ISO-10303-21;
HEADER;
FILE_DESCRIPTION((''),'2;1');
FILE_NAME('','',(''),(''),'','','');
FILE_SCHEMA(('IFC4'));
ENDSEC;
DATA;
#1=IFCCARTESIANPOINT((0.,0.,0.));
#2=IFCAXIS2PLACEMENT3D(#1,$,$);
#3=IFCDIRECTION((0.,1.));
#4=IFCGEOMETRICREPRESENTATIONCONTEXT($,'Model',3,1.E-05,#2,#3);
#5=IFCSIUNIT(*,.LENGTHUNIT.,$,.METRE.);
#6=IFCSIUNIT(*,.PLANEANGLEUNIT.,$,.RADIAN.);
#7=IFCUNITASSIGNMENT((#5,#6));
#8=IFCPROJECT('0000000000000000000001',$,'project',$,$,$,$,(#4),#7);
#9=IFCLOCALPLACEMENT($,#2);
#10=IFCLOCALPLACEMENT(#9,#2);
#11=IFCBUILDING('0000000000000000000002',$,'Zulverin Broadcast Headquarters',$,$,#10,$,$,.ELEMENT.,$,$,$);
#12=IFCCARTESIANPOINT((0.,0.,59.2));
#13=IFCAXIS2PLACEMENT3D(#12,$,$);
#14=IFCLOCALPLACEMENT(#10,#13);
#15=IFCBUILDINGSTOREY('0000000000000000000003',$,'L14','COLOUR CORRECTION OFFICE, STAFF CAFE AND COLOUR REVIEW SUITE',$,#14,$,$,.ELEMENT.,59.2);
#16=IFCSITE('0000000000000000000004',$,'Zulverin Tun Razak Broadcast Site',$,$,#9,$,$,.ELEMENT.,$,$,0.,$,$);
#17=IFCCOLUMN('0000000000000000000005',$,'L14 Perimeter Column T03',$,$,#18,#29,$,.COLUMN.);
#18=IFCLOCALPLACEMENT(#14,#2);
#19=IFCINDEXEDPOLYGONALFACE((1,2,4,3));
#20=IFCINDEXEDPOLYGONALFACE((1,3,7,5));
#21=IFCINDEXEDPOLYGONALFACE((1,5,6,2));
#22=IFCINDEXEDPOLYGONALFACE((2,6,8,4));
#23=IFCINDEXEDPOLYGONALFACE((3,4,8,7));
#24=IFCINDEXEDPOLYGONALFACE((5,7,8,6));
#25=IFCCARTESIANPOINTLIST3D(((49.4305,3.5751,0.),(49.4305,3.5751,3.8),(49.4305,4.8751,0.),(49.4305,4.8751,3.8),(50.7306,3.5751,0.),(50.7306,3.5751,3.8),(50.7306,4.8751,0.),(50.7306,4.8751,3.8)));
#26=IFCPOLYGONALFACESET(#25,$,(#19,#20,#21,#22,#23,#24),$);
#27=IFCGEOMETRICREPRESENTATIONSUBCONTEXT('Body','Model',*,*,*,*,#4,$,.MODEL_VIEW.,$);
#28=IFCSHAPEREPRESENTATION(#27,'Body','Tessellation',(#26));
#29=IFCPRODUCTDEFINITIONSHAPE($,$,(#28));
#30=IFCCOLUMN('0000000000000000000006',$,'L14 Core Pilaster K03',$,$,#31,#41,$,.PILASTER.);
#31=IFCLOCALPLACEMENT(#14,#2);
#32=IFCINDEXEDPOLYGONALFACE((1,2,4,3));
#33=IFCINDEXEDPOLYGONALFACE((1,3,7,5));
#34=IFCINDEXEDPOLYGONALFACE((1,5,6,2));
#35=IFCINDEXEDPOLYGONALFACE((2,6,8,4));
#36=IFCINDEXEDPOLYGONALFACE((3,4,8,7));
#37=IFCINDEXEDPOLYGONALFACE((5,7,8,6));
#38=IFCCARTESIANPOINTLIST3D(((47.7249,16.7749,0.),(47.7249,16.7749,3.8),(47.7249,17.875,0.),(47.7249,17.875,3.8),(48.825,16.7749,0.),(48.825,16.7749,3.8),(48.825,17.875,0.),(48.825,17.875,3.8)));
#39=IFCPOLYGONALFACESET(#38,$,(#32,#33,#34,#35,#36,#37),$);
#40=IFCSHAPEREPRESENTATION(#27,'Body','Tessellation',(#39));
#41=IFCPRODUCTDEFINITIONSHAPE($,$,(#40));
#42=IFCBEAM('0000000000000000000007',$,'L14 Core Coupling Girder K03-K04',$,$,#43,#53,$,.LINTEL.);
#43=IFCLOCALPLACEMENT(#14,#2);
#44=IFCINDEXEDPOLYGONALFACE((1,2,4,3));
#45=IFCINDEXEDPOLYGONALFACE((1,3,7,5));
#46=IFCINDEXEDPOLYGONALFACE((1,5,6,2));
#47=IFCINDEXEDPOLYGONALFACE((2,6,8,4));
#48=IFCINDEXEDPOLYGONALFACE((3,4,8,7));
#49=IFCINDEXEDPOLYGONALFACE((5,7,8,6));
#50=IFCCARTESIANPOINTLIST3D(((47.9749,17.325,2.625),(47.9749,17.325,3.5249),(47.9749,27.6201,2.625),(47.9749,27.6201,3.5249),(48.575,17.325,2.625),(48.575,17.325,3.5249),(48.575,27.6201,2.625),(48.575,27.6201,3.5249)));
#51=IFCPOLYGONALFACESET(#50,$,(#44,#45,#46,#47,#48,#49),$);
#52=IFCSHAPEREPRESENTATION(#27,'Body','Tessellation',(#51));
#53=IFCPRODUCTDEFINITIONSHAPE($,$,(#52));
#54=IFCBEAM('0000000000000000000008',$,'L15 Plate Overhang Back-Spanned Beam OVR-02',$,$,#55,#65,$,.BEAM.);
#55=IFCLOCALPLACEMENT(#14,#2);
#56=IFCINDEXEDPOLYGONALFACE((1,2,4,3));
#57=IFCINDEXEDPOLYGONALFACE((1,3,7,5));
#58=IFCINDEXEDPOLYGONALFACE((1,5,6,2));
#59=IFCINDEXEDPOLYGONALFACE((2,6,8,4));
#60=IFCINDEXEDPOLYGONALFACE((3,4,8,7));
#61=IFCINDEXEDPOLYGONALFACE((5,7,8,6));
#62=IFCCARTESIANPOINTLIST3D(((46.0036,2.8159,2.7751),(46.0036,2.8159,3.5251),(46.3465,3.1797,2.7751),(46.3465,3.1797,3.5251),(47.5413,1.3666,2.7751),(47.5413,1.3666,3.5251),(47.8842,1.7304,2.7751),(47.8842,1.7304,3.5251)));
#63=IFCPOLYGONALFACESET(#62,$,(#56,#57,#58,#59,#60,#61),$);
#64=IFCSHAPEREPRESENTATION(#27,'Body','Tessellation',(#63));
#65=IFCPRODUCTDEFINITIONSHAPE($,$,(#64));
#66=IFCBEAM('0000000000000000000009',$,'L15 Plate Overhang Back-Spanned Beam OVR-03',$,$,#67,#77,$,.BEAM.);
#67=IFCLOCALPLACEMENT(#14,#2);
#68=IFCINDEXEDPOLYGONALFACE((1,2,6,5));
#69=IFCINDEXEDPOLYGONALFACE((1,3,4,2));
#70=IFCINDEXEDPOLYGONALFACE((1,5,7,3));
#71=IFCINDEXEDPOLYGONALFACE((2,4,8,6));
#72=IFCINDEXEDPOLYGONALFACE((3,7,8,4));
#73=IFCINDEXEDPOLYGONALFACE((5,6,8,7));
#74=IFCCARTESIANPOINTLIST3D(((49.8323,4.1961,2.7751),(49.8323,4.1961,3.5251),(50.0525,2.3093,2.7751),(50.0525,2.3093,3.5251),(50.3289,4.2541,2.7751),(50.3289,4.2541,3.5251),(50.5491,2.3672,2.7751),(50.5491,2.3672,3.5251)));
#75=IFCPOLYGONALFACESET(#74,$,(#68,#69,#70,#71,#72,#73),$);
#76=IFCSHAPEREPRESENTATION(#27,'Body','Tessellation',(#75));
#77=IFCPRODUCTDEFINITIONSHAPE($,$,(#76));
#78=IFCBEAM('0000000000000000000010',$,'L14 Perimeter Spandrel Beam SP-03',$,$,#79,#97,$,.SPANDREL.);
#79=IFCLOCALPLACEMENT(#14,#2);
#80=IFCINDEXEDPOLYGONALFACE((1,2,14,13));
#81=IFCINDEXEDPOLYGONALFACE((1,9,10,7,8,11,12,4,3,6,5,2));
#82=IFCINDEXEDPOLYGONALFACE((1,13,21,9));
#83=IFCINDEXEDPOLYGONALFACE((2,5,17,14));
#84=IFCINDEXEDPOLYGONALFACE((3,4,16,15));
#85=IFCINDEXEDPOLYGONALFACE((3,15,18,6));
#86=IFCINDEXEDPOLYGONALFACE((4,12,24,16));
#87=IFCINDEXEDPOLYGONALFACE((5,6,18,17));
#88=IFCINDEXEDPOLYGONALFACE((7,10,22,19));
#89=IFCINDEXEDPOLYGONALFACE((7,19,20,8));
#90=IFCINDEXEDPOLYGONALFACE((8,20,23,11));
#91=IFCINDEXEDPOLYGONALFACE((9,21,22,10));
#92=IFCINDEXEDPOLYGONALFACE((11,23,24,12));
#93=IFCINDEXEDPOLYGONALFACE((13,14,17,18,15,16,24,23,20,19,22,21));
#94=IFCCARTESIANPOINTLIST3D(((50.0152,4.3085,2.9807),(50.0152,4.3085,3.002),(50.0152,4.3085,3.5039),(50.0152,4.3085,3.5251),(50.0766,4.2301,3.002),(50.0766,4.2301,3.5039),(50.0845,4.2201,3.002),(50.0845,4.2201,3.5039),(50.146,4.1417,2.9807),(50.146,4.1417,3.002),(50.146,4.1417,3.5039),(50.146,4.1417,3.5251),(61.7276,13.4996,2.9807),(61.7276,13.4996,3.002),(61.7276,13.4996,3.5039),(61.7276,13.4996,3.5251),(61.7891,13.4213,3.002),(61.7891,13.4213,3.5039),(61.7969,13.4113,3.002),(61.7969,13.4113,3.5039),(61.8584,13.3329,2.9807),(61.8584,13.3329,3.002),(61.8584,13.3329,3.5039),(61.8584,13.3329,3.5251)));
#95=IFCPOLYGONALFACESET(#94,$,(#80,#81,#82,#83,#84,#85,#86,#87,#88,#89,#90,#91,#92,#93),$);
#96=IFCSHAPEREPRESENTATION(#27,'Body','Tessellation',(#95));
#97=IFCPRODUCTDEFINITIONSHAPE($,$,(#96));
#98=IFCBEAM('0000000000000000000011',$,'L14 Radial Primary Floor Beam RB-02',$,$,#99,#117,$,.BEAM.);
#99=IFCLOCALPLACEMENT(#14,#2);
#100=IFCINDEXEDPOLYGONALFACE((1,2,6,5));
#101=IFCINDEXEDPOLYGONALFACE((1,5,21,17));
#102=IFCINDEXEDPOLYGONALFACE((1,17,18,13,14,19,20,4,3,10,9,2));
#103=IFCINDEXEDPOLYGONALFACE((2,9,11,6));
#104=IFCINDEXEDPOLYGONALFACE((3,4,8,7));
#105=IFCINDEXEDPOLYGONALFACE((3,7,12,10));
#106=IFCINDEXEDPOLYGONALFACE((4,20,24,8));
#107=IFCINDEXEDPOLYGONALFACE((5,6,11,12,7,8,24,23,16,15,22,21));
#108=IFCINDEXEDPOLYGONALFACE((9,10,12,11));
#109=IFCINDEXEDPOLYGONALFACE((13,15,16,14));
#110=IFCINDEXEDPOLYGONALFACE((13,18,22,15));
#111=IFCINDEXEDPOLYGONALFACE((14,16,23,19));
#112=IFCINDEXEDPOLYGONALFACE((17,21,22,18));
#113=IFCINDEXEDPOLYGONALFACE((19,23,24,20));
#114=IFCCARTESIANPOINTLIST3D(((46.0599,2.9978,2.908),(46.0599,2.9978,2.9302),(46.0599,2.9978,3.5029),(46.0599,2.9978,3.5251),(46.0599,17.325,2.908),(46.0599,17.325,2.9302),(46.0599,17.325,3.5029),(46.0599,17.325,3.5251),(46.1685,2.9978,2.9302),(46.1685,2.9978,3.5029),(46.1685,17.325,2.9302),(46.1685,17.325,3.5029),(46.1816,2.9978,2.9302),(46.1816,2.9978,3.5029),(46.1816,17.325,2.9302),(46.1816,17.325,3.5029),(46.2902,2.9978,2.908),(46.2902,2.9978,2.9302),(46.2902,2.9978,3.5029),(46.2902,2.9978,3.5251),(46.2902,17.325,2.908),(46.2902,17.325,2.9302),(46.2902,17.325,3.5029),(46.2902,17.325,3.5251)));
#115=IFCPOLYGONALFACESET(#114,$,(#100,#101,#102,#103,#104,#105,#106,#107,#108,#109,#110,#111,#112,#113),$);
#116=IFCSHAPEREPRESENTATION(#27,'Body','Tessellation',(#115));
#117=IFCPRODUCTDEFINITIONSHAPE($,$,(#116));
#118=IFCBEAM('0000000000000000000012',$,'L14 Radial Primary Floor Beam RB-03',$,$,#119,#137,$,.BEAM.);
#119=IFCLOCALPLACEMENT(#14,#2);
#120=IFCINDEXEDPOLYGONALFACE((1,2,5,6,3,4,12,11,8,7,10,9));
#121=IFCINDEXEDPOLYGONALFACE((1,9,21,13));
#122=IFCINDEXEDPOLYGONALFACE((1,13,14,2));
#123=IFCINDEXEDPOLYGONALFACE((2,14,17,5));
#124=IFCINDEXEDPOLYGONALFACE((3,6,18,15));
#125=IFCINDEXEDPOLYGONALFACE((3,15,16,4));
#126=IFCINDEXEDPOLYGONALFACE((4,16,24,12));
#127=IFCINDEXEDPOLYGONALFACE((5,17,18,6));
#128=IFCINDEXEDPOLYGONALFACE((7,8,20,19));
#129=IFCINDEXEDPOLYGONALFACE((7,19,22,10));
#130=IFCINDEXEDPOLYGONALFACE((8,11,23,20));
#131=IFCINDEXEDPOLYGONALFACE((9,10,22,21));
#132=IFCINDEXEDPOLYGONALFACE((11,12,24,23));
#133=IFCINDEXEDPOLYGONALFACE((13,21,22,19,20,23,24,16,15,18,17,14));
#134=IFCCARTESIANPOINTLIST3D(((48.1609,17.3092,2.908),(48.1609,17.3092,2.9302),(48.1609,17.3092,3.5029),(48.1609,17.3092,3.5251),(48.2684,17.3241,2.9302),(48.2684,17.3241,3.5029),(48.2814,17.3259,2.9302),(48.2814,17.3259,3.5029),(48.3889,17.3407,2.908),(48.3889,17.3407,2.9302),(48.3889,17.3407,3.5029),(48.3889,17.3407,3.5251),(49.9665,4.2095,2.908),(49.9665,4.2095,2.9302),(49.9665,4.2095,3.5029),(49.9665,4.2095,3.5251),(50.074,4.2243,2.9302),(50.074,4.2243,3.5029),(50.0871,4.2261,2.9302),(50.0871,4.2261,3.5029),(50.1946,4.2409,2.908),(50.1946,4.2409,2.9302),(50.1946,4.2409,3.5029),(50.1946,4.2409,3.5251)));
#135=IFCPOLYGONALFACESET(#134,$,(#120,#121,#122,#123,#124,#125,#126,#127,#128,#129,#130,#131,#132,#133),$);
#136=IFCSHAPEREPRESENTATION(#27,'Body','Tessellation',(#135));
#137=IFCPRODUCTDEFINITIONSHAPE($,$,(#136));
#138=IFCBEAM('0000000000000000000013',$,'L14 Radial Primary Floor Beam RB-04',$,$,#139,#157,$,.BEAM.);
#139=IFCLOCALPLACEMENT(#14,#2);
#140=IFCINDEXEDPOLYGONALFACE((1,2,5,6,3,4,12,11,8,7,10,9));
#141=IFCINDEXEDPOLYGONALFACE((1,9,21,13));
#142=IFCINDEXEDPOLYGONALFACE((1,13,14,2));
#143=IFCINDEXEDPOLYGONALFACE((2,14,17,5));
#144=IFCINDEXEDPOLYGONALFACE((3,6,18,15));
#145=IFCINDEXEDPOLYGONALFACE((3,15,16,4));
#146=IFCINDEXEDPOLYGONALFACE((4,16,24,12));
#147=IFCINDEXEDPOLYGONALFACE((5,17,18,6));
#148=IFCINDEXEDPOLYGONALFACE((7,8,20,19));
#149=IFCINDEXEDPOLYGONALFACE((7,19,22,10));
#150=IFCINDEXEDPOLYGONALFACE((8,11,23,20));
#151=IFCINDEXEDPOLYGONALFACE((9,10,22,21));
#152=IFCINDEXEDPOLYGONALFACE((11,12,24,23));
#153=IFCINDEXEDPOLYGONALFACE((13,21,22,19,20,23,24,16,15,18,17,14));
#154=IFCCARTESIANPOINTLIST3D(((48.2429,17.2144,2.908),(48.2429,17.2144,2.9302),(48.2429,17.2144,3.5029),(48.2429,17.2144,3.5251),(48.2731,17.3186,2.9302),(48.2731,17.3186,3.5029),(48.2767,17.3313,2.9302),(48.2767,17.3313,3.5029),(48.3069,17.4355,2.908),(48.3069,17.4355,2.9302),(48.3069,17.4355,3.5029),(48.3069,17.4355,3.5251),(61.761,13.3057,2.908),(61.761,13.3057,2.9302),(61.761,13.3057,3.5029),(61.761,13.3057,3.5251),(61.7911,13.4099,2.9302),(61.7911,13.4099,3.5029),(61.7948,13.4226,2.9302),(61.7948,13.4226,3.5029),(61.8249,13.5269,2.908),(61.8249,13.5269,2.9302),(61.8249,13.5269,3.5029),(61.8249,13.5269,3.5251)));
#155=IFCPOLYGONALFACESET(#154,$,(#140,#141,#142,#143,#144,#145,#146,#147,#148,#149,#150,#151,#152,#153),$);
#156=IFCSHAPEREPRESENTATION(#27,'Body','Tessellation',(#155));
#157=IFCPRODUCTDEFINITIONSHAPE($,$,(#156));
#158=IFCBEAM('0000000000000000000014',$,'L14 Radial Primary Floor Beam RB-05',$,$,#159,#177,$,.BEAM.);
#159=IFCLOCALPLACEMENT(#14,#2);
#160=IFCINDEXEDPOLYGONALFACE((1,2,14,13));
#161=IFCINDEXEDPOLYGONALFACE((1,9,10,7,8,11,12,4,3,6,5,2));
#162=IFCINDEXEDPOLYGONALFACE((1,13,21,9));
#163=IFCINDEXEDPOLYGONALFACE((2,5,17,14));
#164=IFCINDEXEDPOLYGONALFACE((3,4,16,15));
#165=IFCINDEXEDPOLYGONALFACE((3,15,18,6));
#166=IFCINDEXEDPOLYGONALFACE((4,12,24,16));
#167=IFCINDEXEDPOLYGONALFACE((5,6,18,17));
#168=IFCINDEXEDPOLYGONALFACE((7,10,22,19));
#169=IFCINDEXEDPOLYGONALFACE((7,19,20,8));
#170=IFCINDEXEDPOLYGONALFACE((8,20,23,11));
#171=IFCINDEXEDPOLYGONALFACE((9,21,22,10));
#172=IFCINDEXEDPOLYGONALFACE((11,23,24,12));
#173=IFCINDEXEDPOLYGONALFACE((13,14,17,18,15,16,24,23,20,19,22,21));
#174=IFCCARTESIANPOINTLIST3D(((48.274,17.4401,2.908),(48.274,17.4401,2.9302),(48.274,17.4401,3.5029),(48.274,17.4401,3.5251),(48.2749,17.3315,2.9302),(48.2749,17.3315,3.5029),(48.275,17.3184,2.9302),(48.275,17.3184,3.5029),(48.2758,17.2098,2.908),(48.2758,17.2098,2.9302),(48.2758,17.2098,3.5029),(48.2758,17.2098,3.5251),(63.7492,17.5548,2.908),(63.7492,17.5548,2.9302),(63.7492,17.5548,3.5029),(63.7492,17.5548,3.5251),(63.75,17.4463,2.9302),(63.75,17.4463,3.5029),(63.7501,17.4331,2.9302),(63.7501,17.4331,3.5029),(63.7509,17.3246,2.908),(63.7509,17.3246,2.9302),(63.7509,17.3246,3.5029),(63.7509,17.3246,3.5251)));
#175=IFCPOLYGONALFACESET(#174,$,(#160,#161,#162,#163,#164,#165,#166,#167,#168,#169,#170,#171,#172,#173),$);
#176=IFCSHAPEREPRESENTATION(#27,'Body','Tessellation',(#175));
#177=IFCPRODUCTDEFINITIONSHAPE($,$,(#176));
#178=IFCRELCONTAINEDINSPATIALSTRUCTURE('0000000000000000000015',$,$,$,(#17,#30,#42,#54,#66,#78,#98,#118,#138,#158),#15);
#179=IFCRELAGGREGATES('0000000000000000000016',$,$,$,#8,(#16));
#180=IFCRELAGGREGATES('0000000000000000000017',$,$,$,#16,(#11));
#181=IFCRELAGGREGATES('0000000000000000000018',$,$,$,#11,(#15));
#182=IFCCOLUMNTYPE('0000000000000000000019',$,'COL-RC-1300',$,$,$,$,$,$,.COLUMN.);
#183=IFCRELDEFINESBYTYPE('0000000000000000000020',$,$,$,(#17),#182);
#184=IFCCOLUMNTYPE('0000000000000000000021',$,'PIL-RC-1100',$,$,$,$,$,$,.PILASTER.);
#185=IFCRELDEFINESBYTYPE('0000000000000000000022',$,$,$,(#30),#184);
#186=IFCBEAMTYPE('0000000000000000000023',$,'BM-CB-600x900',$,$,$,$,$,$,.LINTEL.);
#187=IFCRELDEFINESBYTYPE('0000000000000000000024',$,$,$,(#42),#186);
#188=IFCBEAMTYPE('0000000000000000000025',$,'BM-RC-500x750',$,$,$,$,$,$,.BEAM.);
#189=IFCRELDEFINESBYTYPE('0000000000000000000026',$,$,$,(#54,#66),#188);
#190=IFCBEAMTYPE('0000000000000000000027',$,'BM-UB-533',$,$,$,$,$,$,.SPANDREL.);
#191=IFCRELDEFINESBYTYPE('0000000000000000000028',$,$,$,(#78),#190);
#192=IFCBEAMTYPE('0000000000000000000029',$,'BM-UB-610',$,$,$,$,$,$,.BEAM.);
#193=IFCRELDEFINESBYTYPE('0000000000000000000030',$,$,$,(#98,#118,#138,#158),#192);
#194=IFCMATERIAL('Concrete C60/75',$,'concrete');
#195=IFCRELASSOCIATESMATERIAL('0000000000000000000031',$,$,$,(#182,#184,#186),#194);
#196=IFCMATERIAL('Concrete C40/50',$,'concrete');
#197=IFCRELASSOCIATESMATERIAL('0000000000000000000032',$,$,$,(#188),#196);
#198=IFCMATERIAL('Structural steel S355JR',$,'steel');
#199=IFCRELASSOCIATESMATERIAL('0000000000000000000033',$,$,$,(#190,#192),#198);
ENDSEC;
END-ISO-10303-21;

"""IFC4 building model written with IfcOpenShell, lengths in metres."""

from ifc_helpers import new_model, si_unit, direction, frame, origin, origin_2d, place, context, subcontext, project, spatial, rectangle, i_section, extrude, material, material_profile, profile_set, type_object, element, save


model = new_model("IFC4")

# Units and contexts
model_context = context("Model", 3, precision=1e-05, world=origin(), true_north=direction((0.0, 1.0)))
body_context = subcontext(model_context, "Body", "Model", "MODEL_VIEW")
ifc_project = project(units=[si_unit("LENGTHUNIT", "METRE"), si_unit("PLANEANGLEUNIT", "RADIAN")], contexts=[model_context])

# Site, building, storey
site_placement = place(None, origin())
site = spatial("IfcSite", under=ifc_project, at=site_placement, Name="Zulverin Tun Razak Broadcast Site", CompositionType="ELEMENT", RefElevation=0.0)
building_placement = place(site_placement, origin())
building = spatial("IfcBuilding", under=site, at=building_placement, Name="Zulverin Broadcast Headquarters", CompositionType="ELEMENT")
storey_placement = place(building_placement, frame((0.0, 0.0, 59.2)))
storey = spatial("IfcBuildingStorey", under=building, at=storey_placement, Name="L14", Description="COLOUR CORRECTION OFFICE, STAFF CAFE AND COLOUR REVIEW SUITE", CompositionType="ELEMENT", Elevation=59.2)

# Columns
ifc_material_1 = material(Name="Concrete C60/75", Category="concrete")
ifc_material_profile_1 = material_profile(ifc_material_1, rectangle(XDim=1.3, YDim=1.3, at=origin_2d()), Name="Concrete C60/75", Category="concrete")
ifc_profile_set_1 = profile_set([ifc_material_profile_1], Name="Concrete C60/75")
column_type_1 = type_object("IfcColumnType", Name="COL-RC-1300", PredefinedType="COLUMN", material=ifc_profile_set_1)
column_1_placement = place(storey_placement, frame((50.0806, 4.2251, 0.0), z_axis=(0.0, 0.0, 1.0), x_axis=(1.0, 0.0, 0.0)))
element("IfcColumn", 1, at=column_1_placement, inside=storey, type_object=column_type_1, Name="L14 Perimeter Column T03", PredefinedType="COLUMN", context=body_context, shape_type="SweptSolid", body=[
    extrude(rectangle(XDim=1.3, YDim=1.3, at=origin_2d()), origin(), (0.0, 0.0, 1.0), 3.8),
])
ifc_material_profile_2 = material_profile(ifc_material_1, rectangle(XDim=1.1001, YDim=1.1001, at=origin_2d()), Name="Concrete C60/75", Category="concrete")
ifc_profile_set_2 = profile_set([ifc_material_profile_2], Name="Concrete C60/75")
column_type_2 = type_object("IfcColumnType", Name="PIL-RC-1100", PredefinedType="PILASTER", material=ifc_profile_set_2)
column_2_placement = place(storey_placement, frame((48.2749, 17.325, 0.0), z_axis=(0.0, 0.0, 1.0), x_axis=(1.0, 0.0, 0.0)))
element("IfcColumn", 2, at=column_2_placement, inside=storey, type_object=column_type_2, Name="L14 Core Pilaster K03", PredefinedType="PILASTER", context=body_context, shape_type="SweptSolid", body=[
    extrude(rectangle(XDim=1.1001, YDim=1.1001, at=origin_2d()), origin(), (0.0, 0.0, 1.0), 3.8),
])

# Beams
ifc_material_profile_3 = material_profile(ifc_material_1, rectangle(XDim=0.6001, YDim=0.8999, at=origin_2d()), Name="Concrete C60/75", Category="concrete")
ifc_profile_set_3 = profile_set([ifc_material_profile_3], Name="Concrete C60/75")
beam_type_1 = type_object("IfcBeamType", Name="BM-CB-600x900", PredefinedType="LINTEL", material=ifc_profile_set_3)
beam_1_placement = place(storey_placement, frame((48.2749, 17.325, 3.075), z_axis=(0.0, 1.0, 0.0), x_axis=(-1.0, 0.0, 0.0)))
element("IfcBeam", 3, at=beam_1_placement, inside=storey, type_object=beam_type_1, Name="L14 Core Coupling Girder K03-K04", PredefinedType="LINTEL", context=body_context, shape_type="SweptSolid", body=[
    extrude(rectangle(XDim=0.6001, YDim=0.8999, at=origin_2d()), origin(), (0.0, 0.0, 1.0), 10.2952),
])
ifc_material_2 = material(Name="Concrete C40/50", Category="concrete")
ifc_material_profile_4 = material_profile(ifc_material_2, rectangle(XDim=0.5, YDim=0.75, at=origin_2d()), Name="Concrete C40/50", Category="concrete")
ifc_profile_set_4 = profile_set([ifc_material_profile_4], Name="Concrete C40/50")
beam_type_2 = type_object("IfcBeamType", Name="BM-RC-500x750", PredefinedType="BEAM", material=ifc_profile_set_4)
beam_2_placement = place(storey_placement, frame((46.175, 2.9978, 3.1501), z_axis=(0.727711, -0.685884, 0.0), x_axis=(0.685884, 0.727711, 0.0)))
element("IfcBeam", 4, at=beam_2_placement, inside=storey, type_object=beam_type_2, Name="L15 Plate Overhang Back-Spanned Beam OVR-02", PredefinedType="BEAM", context=body_context, shape_type="SweptSolid", body=[
    extrude(rectangle(XDim=0.5, YDim=0.75, at=origin_2d()), origin(), (0.0, 0.0, 1.0), 2.113),
])
beam_3_placement = place(storey_placement, frame((50.0806, 4.2251, 3.1501), z_axis=(0.115917, -0.993259, 0.0), x_axis=(0.993259, 0.115917, 0.0)))
element("IfcBeam", 5, at=beam_3_placement, inside=storey, type_object=beam_type_2, Name="L15 Plate Overhang Back-Spanned Beam OVR-03", PredefinedType="BEAM", context=body_context, shape_type="SweptSolid", body=[
    extrude(rectangle(XDim=0.5, YDim=0.75, at=origin_2d()), origin(), (0.0, 0.0, 1.0), 1.8997),
])
ifc_material_3 = material(Name="Structural steel S355JR", Category="steel")
ifc_material_profile_5 = material_profile(ifc_material_3, i_section(OverallWidth=0.2119, OverallDepth=0.5444, WebThickness=0.0127, FlangeThickness=0.0212, at=origin_2d()), Name="Structural steel S355JR", Category="steel")
ifc_profile_set_5 = profile_set([ifc_material_profile_5], Name="Structural steel S355JR")
beam_type_3 = type_object("IfcBeamType", Name="BM-UB-533", PredefinedType="SPANDREL", material=ifc_profile_set_5)
beam_4_placement = place(storey_placement, frame((50.0806, 4.2251, 3.2529), z_axis=(0.786691, 0.617346, 0.0), x_axis=(-0.617346, 0.786691, 0.0)))
element("IfcBeam", 6, at=beam_4_placement, inside=storey, type_object=beam_type_3, Name="L14 Perimeter Spandrel Beam SP-03", PredefinedType="SPANDREL", context=body_context, shape_type="SweptSolid", body=[
    extrude(i_section(OverallWidth=0.2119, OverallDepth=0.5444, WebThickness=0.0127, FlangeThickness=0.0212, at=origin_2d()), origin(), (0.0, 0.0, 1.0), 14.8882),
])
ifc_material_profile_6 = material_profile(ifc_material_3, i_section(OverallWidth=0.2302, OverallDepth=0.6172, WebThickness=0.0132, FlangeThickness=0.0222, at=origin_2d()), Name="Structural steel S355JR", Category="steel")
ifc_profile_set_6 = profile_set([ifc_material_profile_6], Name="Structural steel S355JR")
beam_type_4 = type_object("IfcBeamType", Name="BM-UB-610", PredefinedType="BEAM", material=ifc_profile_set_6)
beam_5_placement = place(storey_placement, frame((46.175, 17.325, 3.2166), z_axis=(0.0, -1.0, 0.0), x_axis=(1.0, 0.0, 0.0)))
element("IfcBeam", 7, at=beam_5_placement, inside=storey, type_object=beam_type_4, Name="L14 Radial Primary Floor Beam RB-02", PredefinedType="BEAM", context=body_context, shape_type="SweptSolid", body=[
    extrude(i_section(OverallWidth=0.2302, OverallDepth=0.6172, WebThickness=0.0132, FlangeThickness=0.0222, at=origin_2d()), origin(), (0.0, 0.0, 1.0), 14.3271),
])
beam_6_placement = place(storey_placement, frame((48.2749, 17.325, 3.2166), z_axis=(0.136547, -0.990634, 0.0), x_axis=(0.990634, 0.136547, 0.0)))
element("IfcBeam", 8, at=beam_6_placement, inside=storey, type_object=beam_type_4, Name="L14 Radial Primary Floor Beam RB-03", PredefinedType="BEAM", context=body_context, shape_type="SweptSolid", body=[
    extrude(i_section(OverallWidth=0.2302, OverallDepth=0.6172, WebThickness=0.0132, FlangeThickness=0.0222, at=origin_2d()), origin(), (0.0, 0.0, 1.0), 13.2236),
])
beam_7_placement = place(storey_placement, frame((48.2749, 17.325, 3.2166), z_axis=(0.960648, -0.277767, 0.0), x_axis=(0.277767, 0.960648, 0.0)))
element("IfcBeam", 9, at=beam_7_placement, inside=storey, type_object=beam_type_4, Name="L14 Radial Primary Floor Beam RB-04", PredefinedType="BEAM", context=body_context, shape_type="SweptSolid", body=[
    extrude(i_section(OverallWidth=0.2302, OverallDepth=0.6172, WebThickness=0.0132, FlangeThickness=0.0222, at=origin_2d()), origin(), (0.0, 0.0, 1.0), 14.0718),
])
beam_8_placement = place(storey_placement, frame((48.2749, 17.325, 3.2166), z_axis=(0.999973, 0.007415, 0.0), x_axis=(-0.007415, 0.999973, 0.0)))
element("IfcBeam", 10, at=beam_8_placement, inside=storey, type_object=beam_type_4, Name="L14 Radial Primary Floor Beam RB-05", PredefinedType="BEAM", context=body_context, shape_type="SweptSolid", body=[
    extrude(i_section(OverallWidth=0.2302, OverallDepth=0.6172, WebThickness=0.0132, FlangeThickness=0.0222, at=origin_2d()), origin(), (0.0, 0.0, 1.0), 15.4756),
])

save(model, "model.ifc")
